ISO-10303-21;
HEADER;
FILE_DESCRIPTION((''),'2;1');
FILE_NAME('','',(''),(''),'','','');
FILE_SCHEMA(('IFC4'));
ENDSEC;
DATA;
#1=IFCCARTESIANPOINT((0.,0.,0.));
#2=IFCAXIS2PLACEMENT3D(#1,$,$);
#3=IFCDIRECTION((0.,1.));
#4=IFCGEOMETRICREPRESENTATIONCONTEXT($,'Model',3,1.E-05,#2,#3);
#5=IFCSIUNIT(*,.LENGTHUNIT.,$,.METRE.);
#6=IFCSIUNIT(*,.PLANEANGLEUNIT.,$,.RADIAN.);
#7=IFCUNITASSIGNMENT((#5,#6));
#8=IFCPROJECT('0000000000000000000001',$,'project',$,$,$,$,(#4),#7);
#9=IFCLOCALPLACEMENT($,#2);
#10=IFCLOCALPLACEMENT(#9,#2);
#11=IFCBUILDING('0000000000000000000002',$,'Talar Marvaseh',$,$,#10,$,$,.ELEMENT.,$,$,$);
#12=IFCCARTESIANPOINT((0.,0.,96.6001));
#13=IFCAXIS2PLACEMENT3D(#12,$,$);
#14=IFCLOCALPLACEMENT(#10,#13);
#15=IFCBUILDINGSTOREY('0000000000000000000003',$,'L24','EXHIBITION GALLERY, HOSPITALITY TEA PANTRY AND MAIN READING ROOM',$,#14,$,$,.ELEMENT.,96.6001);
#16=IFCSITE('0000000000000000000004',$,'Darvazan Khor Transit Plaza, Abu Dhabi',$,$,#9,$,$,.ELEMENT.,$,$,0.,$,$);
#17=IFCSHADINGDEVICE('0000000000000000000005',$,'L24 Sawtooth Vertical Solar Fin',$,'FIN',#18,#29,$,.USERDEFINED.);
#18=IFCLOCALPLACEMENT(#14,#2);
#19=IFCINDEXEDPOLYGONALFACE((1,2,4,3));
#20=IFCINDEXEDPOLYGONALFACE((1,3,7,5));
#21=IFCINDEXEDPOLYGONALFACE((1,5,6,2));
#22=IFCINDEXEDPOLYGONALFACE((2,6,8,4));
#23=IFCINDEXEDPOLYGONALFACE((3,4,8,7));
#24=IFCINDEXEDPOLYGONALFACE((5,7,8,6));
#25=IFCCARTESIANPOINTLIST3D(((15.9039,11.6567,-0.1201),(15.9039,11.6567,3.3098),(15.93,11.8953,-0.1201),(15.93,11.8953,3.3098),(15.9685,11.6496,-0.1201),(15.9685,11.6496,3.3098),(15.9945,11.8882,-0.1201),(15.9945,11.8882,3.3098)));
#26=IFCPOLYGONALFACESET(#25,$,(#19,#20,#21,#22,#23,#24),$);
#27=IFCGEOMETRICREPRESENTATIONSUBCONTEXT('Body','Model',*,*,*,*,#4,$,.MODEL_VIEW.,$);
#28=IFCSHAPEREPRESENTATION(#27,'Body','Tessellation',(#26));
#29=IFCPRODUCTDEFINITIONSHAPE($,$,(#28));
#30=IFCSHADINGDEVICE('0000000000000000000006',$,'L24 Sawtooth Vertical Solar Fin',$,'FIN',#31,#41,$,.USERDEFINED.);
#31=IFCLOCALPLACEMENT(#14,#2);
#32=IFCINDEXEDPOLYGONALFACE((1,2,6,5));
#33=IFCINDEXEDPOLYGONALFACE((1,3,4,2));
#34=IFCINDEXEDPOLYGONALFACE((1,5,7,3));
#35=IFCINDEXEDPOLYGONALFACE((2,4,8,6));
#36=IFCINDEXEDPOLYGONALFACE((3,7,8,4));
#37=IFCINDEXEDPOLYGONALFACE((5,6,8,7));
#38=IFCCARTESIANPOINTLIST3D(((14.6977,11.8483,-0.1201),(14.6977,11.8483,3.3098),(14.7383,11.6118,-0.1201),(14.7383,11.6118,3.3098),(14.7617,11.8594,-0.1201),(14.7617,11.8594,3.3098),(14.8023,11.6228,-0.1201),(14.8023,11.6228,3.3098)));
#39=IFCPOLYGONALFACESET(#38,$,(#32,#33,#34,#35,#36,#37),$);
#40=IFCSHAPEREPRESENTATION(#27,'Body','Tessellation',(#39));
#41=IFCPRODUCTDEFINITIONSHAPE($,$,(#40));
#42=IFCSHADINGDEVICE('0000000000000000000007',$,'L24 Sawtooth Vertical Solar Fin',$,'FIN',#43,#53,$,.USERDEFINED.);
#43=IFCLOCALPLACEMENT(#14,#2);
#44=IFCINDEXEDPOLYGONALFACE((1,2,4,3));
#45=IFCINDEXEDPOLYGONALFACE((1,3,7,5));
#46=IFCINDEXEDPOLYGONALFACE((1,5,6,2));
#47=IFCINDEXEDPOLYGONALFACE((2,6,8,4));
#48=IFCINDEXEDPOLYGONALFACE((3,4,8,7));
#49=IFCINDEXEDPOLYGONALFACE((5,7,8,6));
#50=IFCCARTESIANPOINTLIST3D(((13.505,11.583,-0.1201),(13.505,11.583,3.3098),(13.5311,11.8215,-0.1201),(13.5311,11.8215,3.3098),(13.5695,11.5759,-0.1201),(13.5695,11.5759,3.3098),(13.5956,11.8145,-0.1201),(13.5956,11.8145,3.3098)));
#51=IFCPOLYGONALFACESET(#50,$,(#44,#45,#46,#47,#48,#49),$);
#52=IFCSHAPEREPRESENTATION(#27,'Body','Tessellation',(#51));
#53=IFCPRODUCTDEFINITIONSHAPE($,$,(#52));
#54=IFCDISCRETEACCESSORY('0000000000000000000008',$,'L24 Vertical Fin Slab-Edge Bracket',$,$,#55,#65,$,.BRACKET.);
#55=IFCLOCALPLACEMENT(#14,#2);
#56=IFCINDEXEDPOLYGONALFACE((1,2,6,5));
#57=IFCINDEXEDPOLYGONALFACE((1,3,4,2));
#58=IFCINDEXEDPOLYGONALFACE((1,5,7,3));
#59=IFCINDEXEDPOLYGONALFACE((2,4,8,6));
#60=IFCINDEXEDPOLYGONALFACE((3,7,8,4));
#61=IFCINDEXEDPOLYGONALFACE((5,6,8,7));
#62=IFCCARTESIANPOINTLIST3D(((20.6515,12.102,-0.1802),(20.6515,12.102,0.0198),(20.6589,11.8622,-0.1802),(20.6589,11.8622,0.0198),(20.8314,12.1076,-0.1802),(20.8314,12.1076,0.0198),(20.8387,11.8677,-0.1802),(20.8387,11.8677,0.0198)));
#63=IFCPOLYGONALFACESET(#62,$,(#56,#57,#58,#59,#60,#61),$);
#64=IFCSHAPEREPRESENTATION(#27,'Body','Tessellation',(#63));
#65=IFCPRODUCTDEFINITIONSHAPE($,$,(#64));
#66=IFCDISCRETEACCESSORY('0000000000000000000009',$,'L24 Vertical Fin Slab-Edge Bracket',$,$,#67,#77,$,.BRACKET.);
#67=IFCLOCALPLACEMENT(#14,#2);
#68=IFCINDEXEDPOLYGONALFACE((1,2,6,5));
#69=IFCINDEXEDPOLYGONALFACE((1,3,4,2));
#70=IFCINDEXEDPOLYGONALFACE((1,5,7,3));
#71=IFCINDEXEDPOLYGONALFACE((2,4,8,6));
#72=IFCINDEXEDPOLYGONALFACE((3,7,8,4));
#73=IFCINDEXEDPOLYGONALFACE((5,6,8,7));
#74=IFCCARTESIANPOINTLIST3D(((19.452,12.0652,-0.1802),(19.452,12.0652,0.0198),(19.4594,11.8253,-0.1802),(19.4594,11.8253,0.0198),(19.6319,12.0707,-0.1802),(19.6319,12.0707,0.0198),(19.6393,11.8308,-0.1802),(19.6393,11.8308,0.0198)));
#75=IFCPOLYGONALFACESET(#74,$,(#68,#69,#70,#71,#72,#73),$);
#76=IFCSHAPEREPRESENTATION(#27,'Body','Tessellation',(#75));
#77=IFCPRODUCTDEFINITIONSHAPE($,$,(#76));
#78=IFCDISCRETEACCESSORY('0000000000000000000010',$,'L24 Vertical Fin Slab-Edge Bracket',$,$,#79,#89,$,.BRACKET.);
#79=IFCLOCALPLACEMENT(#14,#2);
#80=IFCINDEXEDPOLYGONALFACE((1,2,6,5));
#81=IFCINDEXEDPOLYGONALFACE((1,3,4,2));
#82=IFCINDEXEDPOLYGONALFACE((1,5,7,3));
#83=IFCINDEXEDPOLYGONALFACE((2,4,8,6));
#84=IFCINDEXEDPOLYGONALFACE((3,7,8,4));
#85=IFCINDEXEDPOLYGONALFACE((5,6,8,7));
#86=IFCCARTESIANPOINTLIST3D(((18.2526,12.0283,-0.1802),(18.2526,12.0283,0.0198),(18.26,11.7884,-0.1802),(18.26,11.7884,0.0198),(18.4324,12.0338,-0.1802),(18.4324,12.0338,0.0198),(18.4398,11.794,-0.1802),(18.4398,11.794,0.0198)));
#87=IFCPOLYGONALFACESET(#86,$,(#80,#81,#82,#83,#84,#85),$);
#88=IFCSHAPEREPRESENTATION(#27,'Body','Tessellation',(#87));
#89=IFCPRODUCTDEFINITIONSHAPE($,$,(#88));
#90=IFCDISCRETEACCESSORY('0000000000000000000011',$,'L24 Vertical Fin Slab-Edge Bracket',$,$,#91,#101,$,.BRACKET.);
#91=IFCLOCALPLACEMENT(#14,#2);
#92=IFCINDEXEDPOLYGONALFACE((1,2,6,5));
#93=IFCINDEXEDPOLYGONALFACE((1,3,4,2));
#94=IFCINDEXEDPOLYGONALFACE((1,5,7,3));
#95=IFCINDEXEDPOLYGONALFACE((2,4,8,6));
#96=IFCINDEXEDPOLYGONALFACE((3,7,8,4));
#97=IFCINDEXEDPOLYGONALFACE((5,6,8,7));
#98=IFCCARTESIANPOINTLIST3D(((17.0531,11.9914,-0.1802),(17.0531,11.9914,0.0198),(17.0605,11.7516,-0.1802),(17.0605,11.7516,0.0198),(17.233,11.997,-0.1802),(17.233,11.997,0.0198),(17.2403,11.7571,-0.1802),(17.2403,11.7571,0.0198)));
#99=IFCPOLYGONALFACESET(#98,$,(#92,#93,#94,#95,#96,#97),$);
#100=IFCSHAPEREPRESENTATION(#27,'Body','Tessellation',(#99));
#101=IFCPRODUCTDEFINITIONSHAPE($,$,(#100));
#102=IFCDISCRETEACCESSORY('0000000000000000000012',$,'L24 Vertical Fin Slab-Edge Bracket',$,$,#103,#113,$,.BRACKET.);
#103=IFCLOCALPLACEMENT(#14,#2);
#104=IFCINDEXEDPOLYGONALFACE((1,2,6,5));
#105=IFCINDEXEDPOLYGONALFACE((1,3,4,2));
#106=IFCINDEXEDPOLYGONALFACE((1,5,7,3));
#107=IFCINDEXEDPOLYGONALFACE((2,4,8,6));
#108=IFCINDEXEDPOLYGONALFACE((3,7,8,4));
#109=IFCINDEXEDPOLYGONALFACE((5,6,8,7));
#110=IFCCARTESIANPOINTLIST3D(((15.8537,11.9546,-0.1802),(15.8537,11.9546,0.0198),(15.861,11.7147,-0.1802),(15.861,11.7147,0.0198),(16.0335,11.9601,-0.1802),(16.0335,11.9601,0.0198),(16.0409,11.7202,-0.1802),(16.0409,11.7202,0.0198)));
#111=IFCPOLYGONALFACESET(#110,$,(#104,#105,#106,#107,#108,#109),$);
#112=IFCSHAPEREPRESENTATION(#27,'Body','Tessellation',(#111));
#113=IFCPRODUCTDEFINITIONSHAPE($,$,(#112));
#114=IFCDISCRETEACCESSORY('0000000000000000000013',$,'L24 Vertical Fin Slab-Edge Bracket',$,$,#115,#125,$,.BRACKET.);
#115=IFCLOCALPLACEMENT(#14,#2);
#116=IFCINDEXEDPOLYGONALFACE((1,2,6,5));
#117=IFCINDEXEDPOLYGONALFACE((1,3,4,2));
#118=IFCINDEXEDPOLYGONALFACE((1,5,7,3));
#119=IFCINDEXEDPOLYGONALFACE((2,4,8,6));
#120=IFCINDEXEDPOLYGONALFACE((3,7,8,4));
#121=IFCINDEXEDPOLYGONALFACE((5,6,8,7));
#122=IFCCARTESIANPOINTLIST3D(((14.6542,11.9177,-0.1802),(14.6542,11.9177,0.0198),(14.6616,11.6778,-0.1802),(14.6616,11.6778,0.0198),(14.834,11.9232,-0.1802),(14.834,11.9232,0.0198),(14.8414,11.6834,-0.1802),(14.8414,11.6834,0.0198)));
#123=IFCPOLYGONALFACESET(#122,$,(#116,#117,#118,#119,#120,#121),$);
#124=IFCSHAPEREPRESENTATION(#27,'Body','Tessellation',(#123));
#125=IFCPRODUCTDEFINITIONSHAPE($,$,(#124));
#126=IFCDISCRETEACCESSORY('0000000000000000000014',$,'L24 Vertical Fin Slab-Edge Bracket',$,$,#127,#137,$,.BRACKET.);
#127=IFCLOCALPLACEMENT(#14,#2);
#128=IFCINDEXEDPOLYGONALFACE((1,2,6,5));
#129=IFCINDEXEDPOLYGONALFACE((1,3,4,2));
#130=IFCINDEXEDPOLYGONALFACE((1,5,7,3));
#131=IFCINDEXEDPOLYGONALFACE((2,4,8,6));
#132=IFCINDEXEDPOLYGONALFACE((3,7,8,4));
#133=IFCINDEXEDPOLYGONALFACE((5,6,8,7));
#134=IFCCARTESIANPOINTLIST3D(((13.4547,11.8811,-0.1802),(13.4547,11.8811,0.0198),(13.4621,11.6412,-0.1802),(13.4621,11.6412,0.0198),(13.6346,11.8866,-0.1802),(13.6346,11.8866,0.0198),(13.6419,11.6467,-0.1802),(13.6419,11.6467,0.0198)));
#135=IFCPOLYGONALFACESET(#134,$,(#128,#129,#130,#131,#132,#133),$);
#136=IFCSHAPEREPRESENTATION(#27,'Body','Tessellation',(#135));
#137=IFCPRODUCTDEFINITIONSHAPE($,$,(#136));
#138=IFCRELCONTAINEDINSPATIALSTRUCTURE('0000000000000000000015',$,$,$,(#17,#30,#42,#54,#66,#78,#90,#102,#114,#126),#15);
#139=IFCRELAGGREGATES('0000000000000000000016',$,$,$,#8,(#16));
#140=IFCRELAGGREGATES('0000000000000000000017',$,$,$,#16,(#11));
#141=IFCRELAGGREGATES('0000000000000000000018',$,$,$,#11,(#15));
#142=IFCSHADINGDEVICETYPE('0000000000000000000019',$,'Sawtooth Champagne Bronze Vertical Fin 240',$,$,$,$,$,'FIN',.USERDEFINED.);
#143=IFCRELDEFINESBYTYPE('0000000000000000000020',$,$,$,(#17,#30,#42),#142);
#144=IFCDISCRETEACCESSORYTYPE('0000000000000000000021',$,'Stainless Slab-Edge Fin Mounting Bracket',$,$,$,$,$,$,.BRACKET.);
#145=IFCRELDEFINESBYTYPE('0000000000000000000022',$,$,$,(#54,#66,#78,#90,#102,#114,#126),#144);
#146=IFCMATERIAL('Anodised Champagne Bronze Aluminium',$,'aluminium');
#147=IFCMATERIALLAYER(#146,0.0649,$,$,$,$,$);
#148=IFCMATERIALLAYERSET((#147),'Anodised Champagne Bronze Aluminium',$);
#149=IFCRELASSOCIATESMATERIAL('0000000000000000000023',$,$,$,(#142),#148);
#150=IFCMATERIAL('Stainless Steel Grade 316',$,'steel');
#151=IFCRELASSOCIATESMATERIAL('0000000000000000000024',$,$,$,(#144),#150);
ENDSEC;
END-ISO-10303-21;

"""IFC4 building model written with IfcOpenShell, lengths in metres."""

from ifc_helpers import new_model, si_unit, direction, frame, origin, origin_2d, place, context, subcontext, project, spatial, rectangle, extrude, source, transform, mapped, material, layer, layer_set, type_object, type_shapes, element, save


model = new_model("IFC4")

# Units and contexts
model_context = context("Model", 3, precision=1e-05, world=origin(), true_north=direction((0.0, 1.0)))
body_context = subcontext(model_context, "Body", "Model", "MODEL_VIEW")
ifc_project = project(units=[si_unit("LENGTHUNIT", "METRE"), si_unit("PLANEANGLEUNIT", "RADIAN")], contexts=[model_context])

# Site, building, storey
site_placement = place(None, origin())
site = spatial("IfcSite", under=ifc_project, at=site_placement, Name="Darvazan Khor Transit Plaza, Abu Dhabi", CompositionType="ELEMENT", RefElevation=0.0)
building_placement = place(site_placement, origin())
building = spatial("IfcBuilding", under=site, at=building_placement, Name="Talar Marvaseh", CompositionType="ELEMENT")
storey_placement = place(building_placement, frame((0.0, 0.0, 96.6001)))
storey = spatial("IfcBuildingStorey", under=building, at=storey_placement, Name="L24", Description="EXHIBITION GALLERY, HOSPITALITY TEA PANTRY AND MAIN READING ROOM", CompositionType="ELEMENT", Elevation=96.6001)

# Shading devices
ifc_material_1 = material(Name="Anodised Champagne Bronze Aluminium", Category="aluminium")
ifc_layer_1 = layer(ifc_material_1, 0.0649)
ifc_layer_set_1 = layer_set([ifc_layer_1], Name="Anodised Champagne Bronze Aluminium")
shading_device_type = type_object("IfcShadingDeviceType", Name="Sawtooth Champagne Bronze Vertical Fin 240", ElementType="FIN", PredefinedType="USERDEFINED", material=ifc_layer_set_1)
shared_shape_1 = source(origin(), body_context, "Body", "SweptSolid", [
    extrude(rectangle(XDim=0.24, YDim=0.0649, at=origin_2d()), origin(), (0.0, 0.0, 1.0), 3.4299),
])
type_shapes(shading_device_type, [shared_shape_1])
for number, where, z_axis, x_axis, name in (
    (1, (15.9492, 11.7725, -0.1201), (0.0, 0.0, 1.0), (-0.108693, -0.994075, 0.0), "L24 Sawtooth Vertical Solar Fin"),
    (2, (14.75, 11.7356, -0.1201), (0.0, 0.0, 1.0), (0.169522, -0.985526, 0.0), "L24 Sawtooth Vertical Solar Fin"),
    (3, (13.5503, 11.6987, -0.1201), (0.0, 0.0, 1.0), (-0.108693, -0.994075, 0.0), "L24 Sawtooth Vertical Solar Fin"),
):
    element("IfcShadingDevice", number, at=place(storey_placement, frame(where, z_axis=z_axis, x_axis=x_axis)), inside=storey, type_object=shading_device_type, Name=name, ObjectType="FIN", PredefinedType="USERDEFINED", context=body_context, shape_type="MappedRepresentation", body=[
        mapped(shared_shape_1, transform((0.0, 0.0, 0.0), x_axis=(1.0, 0.0, 0.0), y_axis=(0.0, 1.0, 0.0), z_axis=(0.0, 0.0, 1.0), scale=1.0)),
    ])

# Discrete accessories
ifc_material_2 = material(Name="Stainless Steel Grade 316", Category="steel")
discrete_accessory_type = type_object("IfcDiscreteAccessoryType", Name="Stainless Slab-Edge Fin Mounting Bracket", PredefinedType="BRACKET", material=ifc_material_2)
shared_shape_2 = source(origin(), body_context, "Body", "SweptSolid", [
    extrude(rectangle(XDim=0.24, YDim=0.1799, at=origin_2d()), origin(), (0.0, 0.0, 1.0), 0.2),
])
type_shapes(discrete_accessory_type, [shared_shape_2])
for number, where, z_axis, x_axis, name in (
    (4, (20.7451, 11.9849, -0.1802), (0.0, 0.0, 1.0), (0.030713, -0.999528, 0.0), "L24 Vertical Fin Slab-Edge Bracket"),
    (5, (19.5457, 11.948, -0.1802), (0.0, 0.0, 1.0), (0.030713, -0.999528, 0.0), "L24 Vertical Fin Slab-Edge Bracket"),
    (6, (18.3462, 11.9111, -0.1802), (0.0, 0.0, 1.0), (0.030713, -0.999528, 0.0), "L24 Vertical Fin Slab-Edge Bracket"),
    (7, (17.1467, 11.8743, -0.1802), (0.0, 0.0, 1.0), (0.030713, -0.999528, 0.0), "L24 Vertical Fin Slab-Edge Bracket"),
    (8, (15.9473, 11.8374, -0.1802), (0.0, 0.0, 1.0), (0.030713, -0.999528, 0.0), "L24 Vertical Fin Slab-Edge Bracket"),
    (9, (14.7478, 11.8005, -0.1802), (0.0, 0.0, 1.0), (0.030713, -0.999528, 0.0), "L24 Vertical Fin Slab-Edge Bracket"),
    (10, (13.5483, 11.7639, -0.1802), (0.0, 0.0, 1.0), (0.030713, -0.999528, 0.0), "L24 Vertical Fin Slab-Edge Bracket"),
):
    element("IfcDiscreteAccessory", number, at=place(storey_placement, frame(where, z_axis=z_axis, x_axis=x_axis)), inside=storey, type_object=discrete_accessory_type, Name=name, PredefinedType="BRACKET", context=body_context, shape_type="MappedRepresentation", body=[
        mapped(shared_shape_2, transform((0.0, 0.0, 0.0), x_axis=(1.0, 0.0, 0.0), y_axis=(0.0, 1.0, 0.0), z_axis=(0.0, 0.0, 1.0), scale=1.0)),
    ])

save(model, "model.ifc")
